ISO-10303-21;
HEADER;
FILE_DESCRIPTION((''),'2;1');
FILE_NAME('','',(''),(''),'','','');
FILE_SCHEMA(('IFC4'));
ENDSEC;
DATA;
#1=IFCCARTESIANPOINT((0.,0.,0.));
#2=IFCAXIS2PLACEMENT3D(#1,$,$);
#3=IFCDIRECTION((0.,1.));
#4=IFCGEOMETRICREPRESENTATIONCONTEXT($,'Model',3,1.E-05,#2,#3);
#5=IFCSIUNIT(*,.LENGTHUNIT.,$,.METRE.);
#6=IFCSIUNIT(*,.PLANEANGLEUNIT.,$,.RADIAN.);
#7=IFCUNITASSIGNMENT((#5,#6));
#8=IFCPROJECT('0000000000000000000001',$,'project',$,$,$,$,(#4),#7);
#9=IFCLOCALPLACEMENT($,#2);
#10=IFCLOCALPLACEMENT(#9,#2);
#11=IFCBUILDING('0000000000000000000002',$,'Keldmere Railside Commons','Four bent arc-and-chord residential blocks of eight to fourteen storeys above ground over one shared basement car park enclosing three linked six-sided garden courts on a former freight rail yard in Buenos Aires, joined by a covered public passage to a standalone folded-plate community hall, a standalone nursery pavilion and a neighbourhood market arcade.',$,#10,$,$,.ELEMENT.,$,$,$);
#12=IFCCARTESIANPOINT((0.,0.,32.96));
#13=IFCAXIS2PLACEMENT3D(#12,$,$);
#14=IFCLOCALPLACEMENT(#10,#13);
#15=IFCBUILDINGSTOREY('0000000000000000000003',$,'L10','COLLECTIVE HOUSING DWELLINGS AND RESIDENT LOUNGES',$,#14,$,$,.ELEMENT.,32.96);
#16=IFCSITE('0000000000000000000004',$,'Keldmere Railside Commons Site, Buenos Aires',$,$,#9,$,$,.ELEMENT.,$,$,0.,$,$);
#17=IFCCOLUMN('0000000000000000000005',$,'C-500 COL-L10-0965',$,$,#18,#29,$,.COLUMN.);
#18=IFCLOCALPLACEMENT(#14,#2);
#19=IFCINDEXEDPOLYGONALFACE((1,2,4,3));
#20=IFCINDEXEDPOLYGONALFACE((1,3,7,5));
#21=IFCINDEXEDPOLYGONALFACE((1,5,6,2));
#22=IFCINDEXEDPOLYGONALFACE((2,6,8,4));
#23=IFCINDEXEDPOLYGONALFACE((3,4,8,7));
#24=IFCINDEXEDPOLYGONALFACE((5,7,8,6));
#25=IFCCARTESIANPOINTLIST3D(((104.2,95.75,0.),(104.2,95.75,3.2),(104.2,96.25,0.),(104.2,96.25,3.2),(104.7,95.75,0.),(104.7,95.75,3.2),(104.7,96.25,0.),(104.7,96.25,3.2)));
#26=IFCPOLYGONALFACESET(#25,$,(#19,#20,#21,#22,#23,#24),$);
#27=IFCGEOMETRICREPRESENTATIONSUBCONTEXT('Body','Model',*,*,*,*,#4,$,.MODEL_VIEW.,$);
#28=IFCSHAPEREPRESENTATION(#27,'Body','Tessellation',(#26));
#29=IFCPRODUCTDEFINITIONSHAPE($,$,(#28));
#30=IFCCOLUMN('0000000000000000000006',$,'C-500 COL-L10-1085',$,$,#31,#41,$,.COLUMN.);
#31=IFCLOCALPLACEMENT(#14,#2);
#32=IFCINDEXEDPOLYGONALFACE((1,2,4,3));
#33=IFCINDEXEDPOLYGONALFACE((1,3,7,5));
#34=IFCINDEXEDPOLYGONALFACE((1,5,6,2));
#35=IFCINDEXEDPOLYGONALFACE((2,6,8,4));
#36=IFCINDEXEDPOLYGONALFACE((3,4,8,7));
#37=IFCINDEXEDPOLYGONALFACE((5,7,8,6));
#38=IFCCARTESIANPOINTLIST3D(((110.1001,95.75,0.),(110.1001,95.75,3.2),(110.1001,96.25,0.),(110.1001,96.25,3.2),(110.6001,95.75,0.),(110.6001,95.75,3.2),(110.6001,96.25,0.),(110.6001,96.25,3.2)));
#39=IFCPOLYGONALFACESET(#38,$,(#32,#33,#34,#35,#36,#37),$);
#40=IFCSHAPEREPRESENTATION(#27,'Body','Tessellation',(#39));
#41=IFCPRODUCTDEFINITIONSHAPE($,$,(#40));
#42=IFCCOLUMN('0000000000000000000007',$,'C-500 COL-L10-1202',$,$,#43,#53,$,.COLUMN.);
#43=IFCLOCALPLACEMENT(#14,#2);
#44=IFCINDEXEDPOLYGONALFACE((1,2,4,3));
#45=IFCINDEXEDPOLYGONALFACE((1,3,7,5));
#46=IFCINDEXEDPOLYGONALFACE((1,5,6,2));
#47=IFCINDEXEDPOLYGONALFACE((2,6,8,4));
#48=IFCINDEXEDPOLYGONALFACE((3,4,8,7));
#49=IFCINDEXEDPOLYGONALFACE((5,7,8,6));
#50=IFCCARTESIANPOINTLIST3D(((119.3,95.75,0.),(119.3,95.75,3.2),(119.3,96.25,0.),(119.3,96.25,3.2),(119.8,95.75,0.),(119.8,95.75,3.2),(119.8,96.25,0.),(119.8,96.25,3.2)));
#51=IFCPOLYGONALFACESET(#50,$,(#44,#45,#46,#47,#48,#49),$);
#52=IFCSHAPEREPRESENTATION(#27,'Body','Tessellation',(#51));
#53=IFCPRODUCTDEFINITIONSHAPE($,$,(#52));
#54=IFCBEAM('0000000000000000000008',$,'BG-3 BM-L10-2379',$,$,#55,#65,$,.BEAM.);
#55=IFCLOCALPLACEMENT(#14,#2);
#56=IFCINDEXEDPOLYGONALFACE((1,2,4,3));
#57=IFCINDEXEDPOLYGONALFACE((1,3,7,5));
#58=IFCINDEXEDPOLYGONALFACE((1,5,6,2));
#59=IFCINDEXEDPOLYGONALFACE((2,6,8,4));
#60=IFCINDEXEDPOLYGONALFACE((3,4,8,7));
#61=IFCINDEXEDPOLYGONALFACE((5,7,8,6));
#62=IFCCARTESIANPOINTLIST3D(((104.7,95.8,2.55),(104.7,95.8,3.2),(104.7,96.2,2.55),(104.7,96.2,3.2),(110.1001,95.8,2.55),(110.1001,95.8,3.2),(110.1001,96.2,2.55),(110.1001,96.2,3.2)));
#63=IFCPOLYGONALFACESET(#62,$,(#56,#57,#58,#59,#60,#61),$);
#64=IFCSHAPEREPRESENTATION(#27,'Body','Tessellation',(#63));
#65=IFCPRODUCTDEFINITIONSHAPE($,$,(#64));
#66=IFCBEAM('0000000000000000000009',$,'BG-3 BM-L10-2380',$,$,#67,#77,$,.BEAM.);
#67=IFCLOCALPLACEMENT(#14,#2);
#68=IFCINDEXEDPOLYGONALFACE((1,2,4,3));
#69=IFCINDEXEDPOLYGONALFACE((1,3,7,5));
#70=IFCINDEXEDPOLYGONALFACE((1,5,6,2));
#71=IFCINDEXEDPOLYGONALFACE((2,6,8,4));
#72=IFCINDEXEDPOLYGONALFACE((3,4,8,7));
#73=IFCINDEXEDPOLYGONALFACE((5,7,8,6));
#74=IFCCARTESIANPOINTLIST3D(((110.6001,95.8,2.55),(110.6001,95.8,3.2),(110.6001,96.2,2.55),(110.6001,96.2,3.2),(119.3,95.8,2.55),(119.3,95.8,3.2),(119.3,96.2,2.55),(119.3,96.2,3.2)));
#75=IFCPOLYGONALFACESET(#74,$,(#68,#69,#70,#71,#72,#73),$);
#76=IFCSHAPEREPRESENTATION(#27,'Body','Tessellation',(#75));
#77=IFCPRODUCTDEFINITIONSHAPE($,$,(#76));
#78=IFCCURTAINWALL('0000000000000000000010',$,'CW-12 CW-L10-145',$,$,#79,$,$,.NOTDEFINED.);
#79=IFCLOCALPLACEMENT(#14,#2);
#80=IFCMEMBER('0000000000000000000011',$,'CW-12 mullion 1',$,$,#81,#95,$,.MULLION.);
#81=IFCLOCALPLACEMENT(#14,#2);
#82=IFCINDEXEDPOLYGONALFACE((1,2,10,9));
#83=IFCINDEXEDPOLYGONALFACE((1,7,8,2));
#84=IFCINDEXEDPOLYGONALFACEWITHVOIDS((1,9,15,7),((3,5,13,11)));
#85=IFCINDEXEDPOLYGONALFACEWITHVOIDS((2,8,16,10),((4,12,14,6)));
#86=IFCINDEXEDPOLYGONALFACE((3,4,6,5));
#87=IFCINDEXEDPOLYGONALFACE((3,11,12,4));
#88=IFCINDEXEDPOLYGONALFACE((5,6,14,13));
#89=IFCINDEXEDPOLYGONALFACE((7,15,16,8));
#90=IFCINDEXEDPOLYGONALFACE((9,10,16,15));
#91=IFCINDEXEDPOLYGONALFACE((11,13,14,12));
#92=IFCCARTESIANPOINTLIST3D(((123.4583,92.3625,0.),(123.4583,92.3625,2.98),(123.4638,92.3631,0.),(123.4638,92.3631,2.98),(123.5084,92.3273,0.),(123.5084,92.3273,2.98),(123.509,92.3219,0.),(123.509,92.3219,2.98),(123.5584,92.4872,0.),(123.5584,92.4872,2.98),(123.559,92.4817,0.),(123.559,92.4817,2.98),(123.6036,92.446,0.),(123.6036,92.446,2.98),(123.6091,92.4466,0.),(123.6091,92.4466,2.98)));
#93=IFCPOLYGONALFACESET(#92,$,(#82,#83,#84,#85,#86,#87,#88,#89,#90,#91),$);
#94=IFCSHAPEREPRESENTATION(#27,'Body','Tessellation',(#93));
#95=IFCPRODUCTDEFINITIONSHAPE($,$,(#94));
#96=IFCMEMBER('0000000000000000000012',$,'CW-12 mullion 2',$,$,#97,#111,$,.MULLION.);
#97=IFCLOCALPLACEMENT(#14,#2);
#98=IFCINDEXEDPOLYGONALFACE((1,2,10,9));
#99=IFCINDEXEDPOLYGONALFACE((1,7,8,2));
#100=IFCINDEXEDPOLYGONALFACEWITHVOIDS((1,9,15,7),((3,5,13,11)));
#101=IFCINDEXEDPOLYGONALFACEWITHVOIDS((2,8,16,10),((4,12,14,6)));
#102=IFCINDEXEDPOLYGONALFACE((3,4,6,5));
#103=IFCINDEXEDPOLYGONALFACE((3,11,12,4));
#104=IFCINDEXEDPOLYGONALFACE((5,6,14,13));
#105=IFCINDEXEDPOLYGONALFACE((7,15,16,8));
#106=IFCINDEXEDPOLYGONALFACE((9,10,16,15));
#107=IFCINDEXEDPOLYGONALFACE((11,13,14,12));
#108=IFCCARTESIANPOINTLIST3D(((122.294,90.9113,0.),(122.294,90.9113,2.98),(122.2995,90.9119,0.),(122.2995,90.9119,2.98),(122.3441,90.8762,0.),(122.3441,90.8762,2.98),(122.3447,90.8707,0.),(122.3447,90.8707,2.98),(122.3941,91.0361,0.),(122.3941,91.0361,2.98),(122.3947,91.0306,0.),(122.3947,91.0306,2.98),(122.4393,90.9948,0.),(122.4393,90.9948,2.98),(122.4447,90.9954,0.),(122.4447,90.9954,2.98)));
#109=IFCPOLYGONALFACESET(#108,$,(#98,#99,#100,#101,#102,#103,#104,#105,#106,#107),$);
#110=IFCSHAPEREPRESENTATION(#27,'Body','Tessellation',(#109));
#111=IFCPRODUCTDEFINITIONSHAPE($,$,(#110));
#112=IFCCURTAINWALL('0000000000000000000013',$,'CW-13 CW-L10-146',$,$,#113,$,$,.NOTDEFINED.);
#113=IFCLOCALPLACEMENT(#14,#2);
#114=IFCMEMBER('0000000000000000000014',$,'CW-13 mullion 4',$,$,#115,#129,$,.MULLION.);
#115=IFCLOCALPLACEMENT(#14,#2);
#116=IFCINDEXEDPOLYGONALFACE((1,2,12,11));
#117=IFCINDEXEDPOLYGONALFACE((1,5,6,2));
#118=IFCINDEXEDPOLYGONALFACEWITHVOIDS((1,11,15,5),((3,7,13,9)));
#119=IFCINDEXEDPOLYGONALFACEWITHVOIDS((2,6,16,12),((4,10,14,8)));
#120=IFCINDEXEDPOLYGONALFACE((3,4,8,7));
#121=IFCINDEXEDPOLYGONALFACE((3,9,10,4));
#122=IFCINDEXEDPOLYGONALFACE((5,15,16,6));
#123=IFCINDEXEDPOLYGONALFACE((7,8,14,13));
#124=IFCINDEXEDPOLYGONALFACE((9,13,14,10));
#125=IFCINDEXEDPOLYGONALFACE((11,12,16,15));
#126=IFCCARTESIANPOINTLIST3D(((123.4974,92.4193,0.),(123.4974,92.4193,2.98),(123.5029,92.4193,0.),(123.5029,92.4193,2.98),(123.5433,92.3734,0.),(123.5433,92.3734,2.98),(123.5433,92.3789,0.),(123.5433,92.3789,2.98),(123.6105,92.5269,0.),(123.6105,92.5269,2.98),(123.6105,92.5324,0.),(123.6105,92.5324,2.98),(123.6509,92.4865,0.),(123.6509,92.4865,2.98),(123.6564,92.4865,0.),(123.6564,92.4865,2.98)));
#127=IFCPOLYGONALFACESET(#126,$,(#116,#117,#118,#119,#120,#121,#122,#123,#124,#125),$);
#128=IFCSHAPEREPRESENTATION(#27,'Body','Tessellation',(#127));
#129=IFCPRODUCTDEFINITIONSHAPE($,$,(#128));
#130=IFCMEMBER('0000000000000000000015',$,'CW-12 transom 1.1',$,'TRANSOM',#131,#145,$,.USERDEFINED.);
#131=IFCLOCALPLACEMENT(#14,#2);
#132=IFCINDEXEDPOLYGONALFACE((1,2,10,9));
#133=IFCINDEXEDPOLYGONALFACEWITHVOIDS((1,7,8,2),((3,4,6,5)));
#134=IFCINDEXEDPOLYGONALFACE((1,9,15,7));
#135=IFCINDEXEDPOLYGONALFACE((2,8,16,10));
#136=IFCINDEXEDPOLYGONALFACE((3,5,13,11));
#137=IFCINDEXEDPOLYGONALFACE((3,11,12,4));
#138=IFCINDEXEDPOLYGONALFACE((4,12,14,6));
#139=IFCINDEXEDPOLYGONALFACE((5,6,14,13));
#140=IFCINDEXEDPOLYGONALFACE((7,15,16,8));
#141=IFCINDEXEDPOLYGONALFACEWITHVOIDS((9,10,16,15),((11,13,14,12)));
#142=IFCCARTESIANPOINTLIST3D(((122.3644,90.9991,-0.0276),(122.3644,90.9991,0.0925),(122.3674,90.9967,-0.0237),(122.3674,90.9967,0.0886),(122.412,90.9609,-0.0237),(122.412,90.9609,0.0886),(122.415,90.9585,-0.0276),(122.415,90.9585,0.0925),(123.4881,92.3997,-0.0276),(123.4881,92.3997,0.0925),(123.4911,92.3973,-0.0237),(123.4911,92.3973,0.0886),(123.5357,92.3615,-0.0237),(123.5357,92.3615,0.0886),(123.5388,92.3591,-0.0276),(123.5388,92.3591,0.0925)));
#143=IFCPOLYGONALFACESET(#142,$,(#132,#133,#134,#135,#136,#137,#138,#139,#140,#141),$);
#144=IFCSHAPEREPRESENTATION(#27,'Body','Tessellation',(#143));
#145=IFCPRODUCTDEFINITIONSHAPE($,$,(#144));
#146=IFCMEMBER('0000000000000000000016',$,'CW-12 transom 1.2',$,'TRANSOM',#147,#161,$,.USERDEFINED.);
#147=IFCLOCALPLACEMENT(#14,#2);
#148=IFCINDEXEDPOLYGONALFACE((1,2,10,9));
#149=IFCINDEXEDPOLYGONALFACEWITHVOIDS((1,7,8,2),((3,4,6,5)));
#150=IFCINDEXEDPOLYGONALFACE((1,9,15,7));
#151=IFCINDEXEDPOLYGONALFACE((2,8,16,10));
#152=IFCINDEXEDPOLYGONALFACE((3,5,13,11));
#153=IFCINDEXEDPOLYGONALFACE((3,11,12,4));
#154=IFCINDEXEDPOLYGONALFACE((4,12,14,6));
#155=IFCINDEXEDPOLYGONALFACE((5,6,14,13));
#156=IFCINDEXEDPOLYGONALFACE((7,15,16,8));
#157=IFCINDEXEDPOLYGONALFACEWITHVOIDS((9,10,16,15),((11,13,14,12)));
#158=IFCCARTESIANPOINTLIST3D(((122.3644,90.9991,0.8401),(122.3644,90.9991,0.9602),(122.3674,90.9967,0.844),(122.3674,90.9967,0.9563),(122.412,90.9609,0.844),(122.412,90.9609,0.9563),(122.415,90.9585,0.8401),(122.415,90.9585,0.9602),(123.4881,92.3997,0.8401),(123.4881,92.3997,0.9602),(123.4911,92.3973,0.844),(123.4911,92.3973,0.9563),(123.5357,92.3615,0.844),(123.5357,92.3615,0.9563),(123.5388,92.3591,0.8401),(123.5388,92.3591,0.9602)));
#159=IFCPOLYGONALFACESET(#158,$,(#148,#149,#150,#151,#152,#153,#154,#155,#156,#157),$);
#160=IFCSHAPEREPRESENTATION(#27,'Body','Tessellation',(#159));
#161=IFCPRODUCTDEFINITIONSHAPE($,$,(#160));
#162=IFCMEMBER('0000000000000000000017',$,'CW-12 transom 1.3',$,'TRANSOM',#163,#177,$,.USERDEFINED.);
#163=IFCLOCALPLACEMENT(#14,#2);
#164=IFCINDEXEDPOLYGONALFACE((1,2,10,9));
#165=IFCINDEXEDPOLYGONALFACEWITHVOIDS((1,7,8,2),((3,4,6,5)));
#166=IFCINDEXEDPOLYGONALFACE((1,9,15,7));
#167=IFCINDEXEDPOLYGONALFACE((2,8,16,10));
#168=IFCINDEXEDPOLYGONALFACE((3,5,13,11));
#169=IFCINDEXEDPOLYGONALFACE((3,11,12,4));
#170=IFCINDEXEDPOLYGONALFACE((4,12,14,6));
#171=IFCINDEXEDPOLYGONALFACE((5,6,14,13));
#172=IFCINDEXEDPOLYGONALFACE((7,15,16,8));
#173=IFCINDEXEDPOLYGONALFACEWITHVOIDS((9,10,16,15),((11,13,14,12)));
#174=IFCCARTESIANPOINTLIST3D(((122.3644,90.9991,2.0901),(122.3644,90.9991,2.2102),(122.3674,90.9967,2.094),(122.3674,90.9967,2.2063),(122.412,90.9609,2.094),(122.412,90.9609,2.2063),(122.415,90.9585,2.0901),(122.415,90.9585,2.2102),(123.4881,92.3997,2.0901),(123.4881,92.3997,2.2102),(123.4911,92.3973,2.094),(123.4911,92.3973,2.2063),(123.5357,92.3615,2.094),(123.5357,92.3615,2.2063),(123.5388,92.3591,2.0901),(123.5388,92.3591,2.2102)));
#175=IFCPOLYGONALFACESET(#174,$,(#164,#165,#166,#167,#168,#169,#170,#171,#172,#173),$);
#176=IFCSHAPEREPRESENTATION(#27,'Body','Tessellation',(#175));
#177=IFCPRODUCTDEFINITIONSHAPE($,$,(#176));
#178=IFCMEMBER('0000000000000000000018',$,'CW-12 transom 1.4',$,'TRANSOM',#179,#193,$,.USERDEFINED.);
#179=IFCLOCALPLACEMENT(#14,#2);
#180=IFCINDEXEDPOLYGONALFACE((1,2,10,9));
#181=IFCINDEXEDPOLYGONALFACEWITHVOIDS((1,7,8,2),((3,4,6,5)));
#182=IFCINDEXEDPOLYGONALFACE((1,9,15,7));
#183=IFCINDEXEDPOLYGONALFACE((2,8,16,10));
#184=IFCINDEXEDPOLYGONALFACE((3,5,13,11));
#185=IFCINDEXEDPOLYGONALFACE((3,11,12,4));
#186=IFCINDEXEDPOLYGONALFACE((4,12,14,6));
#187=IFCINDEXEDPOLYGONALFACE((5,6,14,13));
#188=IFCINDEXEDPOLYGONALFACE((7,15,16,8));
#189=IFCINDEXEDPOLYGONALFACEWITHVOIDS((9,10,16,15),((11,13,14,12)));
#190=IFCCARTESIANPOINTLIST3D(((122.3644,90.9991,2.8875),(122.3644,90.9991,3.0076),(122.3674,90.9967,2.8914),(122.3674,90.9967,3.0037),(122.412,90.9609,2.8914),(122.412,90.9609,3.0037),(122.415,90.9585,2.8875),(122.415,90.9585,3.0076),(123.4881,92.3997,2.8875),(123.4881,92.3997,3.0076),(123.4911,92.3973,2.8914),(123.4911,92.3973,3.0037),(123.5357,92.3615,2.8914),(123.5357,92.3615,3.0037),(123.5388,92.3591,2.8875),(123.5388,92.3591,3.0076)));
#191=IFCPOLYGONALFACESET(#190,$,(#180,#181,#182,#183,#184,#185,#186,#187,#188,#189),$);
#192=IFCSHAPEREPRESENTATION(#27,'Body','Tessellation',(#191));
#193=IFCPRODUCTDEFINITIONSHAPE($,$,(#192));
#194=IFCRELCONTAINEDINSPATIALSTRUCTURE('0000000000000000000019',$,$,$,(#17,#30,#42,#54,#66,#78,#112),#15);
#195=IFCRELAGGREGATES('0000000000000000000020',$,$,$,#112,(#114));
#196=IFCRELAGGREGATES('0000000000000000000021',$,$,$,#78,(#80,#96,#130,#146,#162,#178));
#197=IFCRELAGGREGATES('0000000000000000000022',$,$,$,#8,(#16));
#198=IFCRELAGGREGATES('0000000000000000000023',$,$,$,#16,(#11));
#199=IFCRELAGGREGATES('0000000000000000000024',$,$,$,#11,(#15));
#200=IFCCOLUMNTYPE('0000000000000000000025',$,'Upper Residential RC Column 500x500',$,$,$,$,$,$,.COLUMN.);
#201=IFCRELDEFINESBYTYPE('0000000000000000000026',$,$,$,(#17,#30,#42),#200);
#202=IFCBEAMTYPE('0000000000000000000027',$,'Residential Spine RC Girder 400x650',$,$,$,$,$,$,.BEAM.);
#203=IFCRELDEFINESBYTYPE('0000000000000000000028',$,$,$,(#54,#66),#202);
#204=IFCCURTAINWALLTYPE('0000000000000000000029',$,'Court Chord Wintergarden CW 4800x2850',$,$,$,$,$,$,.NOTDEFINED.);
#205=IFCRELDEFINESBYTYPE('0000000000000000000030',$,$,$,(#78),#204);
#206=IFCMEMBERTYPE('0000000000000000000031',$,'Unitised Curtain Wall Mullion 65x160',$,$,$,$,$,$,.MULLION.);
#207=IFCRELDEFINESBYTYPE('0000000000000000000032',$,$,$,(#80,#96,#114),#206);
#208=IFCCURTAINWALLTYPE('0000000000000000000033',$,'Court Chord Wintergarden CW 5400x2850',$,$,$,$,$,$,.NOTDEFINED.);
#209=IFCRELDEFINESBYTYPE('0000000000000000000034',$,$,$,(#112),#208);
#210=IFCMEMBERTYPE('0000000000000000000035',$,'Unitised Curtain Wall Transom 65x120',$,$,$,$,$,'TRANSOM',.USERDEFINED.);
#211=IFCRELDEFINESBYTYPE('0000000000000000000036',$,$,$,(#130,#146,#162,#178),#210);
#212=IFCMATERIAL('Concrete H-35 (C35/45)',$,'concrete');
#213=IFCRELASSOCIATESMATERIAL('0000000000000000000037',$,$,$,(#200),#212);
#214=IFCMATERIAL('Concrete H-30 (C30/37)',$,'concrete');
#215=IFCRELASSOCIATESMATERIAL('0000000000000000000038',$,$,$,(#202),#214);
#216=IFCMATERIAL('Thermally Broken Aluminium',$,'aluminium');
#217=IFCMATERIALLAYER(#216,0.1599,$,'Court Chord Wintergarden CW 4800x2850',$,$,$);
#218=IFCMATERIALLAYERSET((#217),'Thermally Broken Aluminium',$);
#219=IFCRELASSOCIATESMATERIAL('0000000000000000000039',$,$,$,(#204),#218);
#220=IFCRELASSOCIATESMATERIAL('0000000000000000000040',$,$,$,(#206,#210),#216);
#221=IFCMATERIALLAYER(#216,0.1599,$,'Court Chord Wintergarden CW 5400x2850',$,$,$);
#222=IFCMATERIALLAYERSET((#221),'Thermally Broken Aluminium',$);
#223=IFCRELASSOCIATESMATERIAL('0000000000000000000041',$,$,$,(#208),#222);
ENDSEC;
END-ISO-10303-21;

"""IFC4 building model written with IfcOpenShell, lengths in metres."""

from ifc_helpers import new_model, si_unit, direction, frame, origin, origin_2d, place, context, subcontext, project, spatial, rectangle, hollow_rectangle, extrude, material, layer, layer_set, material_profile, profile_set, type_object, element, aggregate, save


model = new_model("IFC4")

# Units and contexts
model_context = context("Model", 3, precision=1e-05, world=origin(), true_north=direction((0.0, 1.0)))
body_context = subcontext(model_context, "Body", "Model", "MODEL_VIEW")
ifc_project = project(units=[si_unit("LENGTHUNIT", "METRE"), si_unit("PLANEANGLEUNIT", "RADIAN")], contexts=[model_context])

# Site, building, storey
site_placement = place(None, origin())
site = spatial("IfcSite", under=ifc_project, at=site_placement, Name="Keldmere Railside Commons Site, Buenos Aires", CompositionType="ELEMENT", RefElevation=0.0)
building_placement = place(site_placement, origin())
building = spatial("IfcBuilding", under=site, at=building_placement, Name="Keldmere Railside Commons", Description="Four bent arc-and-chord residential blocks of eight to fourteen storeys above ground over one shared basement car park enclosing three linked six-sided garden courts on a former freight rail yard in Buenos Aires, joined by a covered public passage to a standalone folded-plate community hall, a standalone nursery pavilion and a neighbourhood market arcade.", CompositionType="ELEMENT")
storey_placement = place(building_placement, frame((0.0, 0.0, 32.96)))
storey = spatial("IfcBuildingStorey", under=building, at=storey_placement, Name="L10", Description="COLLECTIVE HOUSING DWELLINGS AND RESIDENT LOUNGES", CompositionType="ELEMENT", Elevation=32.96)

# Columns
ifc_material_1 = material(Name="Concrete H-35 (C35/45)", Category="concrete")
ifc_material_profile_1 = material_profile(ifc_material_1, rectangle(XDim=0.5, YDim=0.5, at=origin_2d()), Name="RC-500x500")
ifc_profile_set_1 = profile_set([ifc_material_profile_1], Name="Concrete H-35 (C35/45)")
column_type = type_object("IfcColumnType", Name="Upper Residential RC Column 500x500", PredefinedType="COLUMN", material=ifc_profile_set_1)
for number, where, z_axis, x_axis, name in (
    (1, (104.45, 96.0, 0.0), (0.0, 0.0, 1.0), (1.0, 0.0, 0.0), "C-500 COL-L10-0965"),
    (2, (110.3501, 96.0, 0.0), (0.0, 0.0, 1.0), (1.0, 0.0, 0.0), "C-500 COL-L10-1085"),
    (3, (119.55, 96.0, 0.0), (0.0, 0.0, 1.0), (1.0, 0.0, 0.0), "C-500 COL-L10-1202"),
):
    element("IfcColumn", number, at=place(storey_placement, frame(where, z_axis=z_axis, x_axis=x_axis)), inside=storey, type_object=column_type, Name=name, PredefinedType="COLUMN", context=body_context, shape_type="SweptSolid", body=[
        extrude(rectangle(XDim=0.5, YDim=0.5, at=origin_2d()), origin(), (0.0, 0.0, 1.0), 3.2),
    ])

# Beams
ifc_material_2 = material(Name="Concrete H-30 (C30/37)", Category="concrete")
ifc_material_profile_2 = material_profile(ifc_material_2, rectangle(XDim=0.3999, YDim=0.6499, at=origin_2d()), Name="RC-400x650")
ifc_profile_set_2 = profile_set([ifc_material_profile_2], Name="Concrete H-30 (C30/37)")
beam_type = type_object("IfcBeamType", Name="Residential Spine RC Girder 400x650", PredefinedType="BEAM", material=ifc_profile_set_2)
beam_1_placement = place(storey_placement, frame((104.7, 96.0, 2.875), z_axis=(1.0, 0.0, 0.0), x_axis=(0.0, 1.0, 0.0)))
element("IfcBeam", 4, at=beam_1_placement, inside=storey, type_object=beam_type, Name="BG-3 BM-L10-2379", PredefinedType="BEAM", context=body_context, shape_type="SweptSolid", body=[
    extrude(rectangle(XDim=0.3999, YDim=0.6499, at=origin_2d()), origin(), (0.0, 0.0, 1.0), 5.4001),
])
beam_2_placement = place(storey_placement, frame((110.6001, 96.0, 2.875), z_axis=(1.0, 0.0, 0.0), x_axis=(0.0, 1.0, 0.0)))
element("IfcBeam", 5, at=beam_2_placement, inside=storey, type_object=beam_type, Name="BG-3 BM-L10-2380", PredefinedType="BEAM", context=body_context, shape_type="SweptSolid", body=[
    extrude(rectangle(XDim=0.3999, YDim=0.6499, at=origin_2d()), origin(), (0.0, 0.0, 1.0), 8.7),
])

# Curtain wall, members
ifc_material_3 = material(Name="Thermally Broken Aluminium", Category="aluminium")
ifc_layer_1 = layer(ifc_material_3, 0.1599, Name="Court Chord Wintergarden CW 4800x2850")
ifc_layer_set_1 = layer_set([ifc_layer_1], Name="Thermally Broken Aluminium")
curtain_wall_type_1 = type_object("IfcCurtainWallType", Name="Court Chord Wintergarden CW 4800x2850", PredefinedType="NOTDEFINED", material=ifc_layer_set_1)
curtain_wall_1_placement = place(storey_placement, origin())
curtain_wall_1 = element("IfcCurtainWall", 6, at=curtain_wall_1_placement, inside=storey, type_object=curtain_wall_type_1, Name="CW-12 CW-L10-145", PredefinedType="NOTDEFINED")
ifc_material_profile_3 = material_profile(ifc_material_3, hollow_rectangle(XDim=0.0649, YDim=0.1599, WallThickness=0.0039, at=origin_2d()), Name="ALU-MULL-65x160")
ifc_profile_set_3 = profile_set([ifc_material_profile_3], Name="Thermally Broken Aluminium")
member_type_1 = type_object("IfcMemberType", Name="Unitised Curtain Wall Mullion 65x160", PredefinedType="MULLION", material=ifc_profile_set_3)
member_1_placement = place(storey_placement, frame((123.5337, 92.4045, 0.0), z_axis=(0.0, 0.0, 1.0), x_axis=(0.780009, -0.625768, 0.0)))
member_1 = element("IfcMember", 7, at=member_1_placement, type_object=member_type_1, Name="CW-12 mullion 1", PredefinedType="MULLION", context=body_context, shape_type="SweptSolid", body=[
    extrude(hollow_rectangle(XDim=0.0649, YDim=0.1599, WallThickness=0.0039, at=origin_2d()), origin(), (0.0, 0.0, 1.0), 2.98),
])
member_2_placement = place(storey_placement, frame((122.3694, 90.9534, 0.0), z_axis=(0.0, 0.0, 1.0), x_axis=(0.780009, -0.625768, 0.0)))
member_2 = element("IfcMember", 8, at=member_2_placement, type_object=member_type_1, Name="CW-12 mullion 2", PredefinedType="MULLION", context=body_context, shape_type="SweptSolid", body=[
    extrude(hollow_rectangle(XDim=0.0649, YDim=0.1599, WallThickness=0.0039, at=origin_2d()), origin(), (0.0, 0.0, 1.0), 2.98),
])

# Curtain wall, member
ifc_layer_2 = layer(ifc_material_3, 0.1599, Name="Court Chord Wintergarden CW 5400x2850")
ifc_layer_set_2 = layer_set([ifc_layer_2], Name="Thermally Broken Aluminium")
curtain_wall_type_2 = type_object("IfcCurtainWallType", Name="Court Chord Wintergarden CW 5400x2850", PredefinedType="NOTDEFINED", material=ifc_layer_set_2)
curtain_wall_2_placement = place(storey_placement, origin())
curtain_wall_2 = element("IfcCurtainWall", 9, at=curtain_wall_2_placement, inside=storey, type_object=curtain_wall_type_2, Name="CW-13 CW-L10-146", PredefinedType="NOTDEFINED")
member_3_placement = place(storey_placement, frame((123.5769, 92.4529, 0.0), z_axis=(0.0, 0.0, 1.0), x_axis=(0.707107, -0.707107, 0.0)))
member_3 = element("IfcMember", 10, at=member_3_placement, type_object=member_type_1, Name="CW-13 mullion 4", PredefinedType="MULLION", context=body_context, shape_type="SweptSolid", body=[
    extrude(hollow_rectangle(XDim=0.0649, YDim=0.1599, WallThickness=0.0039, at=origin_2d()), origin(), (0.0, 0.0, 1.0), 2.98),
])

# Members
ifc_material_profile_4 = material_profile(ifc_material_3, hollow_rectangle(XDim=0.0649, YDim=0.1201, WallThickness=0.0039, at=origin_2d()), Name="ALU-TRAN-65x120")
ifc_profile_set_4 = profile_set([ifc_material_profile_4], Name="Thermally Broken Aluminium")
member_type_2 = type_object("IfcMemberType", Name="Unitised Curtain Wall Transom 65x120", ElementType="TRANSOM", PredefinedType="USERDEFINED", material=ifc_profile_set_4)
member_4_placement = place(storey_placement, frame((123.5134, 92.3794, 0.0325), z_axis=(-0.625805, -0.779979, 0.0), x_axis=(0.779979, -0.625805, 0.0)))
member_4 = element("IfcMember", 11, at=member_4_placement, type_object=member_type_2, Name="CW-12 transom 1.1", ObjectType="TRANSOM", PredefinedType="USERDEFINED", context=body_context, shape_type="SweptSolid", body=[
    extrude(hollow_rectangle(XDim=0.0649, YDim=0.1201, WallThickness=0.0039, at=origin_2d()), origin(), (0.0, 0.0, 1.0), 1.7957),
])
member_5_placement = place(storey_placement, frame((123.5134, 92.3794, 0.9001), z_axis=(-0.625805, -0.779979, 0.0), x_axis=(0.779979, -0.625805, 0.0)))
member_5 = element("IfcMember", 12, at=member_5_placement, type_object=member_type_2, Name="CW-12 transom 1.2", ObjectType="TRANSOM", PredefinedType="USERDEFINED", context=body_context, shape_type="SweptSolid", body=[
    extrude(hollow_rectangle(XDim=0.0649, YDim=0.1201, WallThickness=0.0039, at=origin_2d()), origin(), (0.0, 0.0, 1.0), 1.7957),
])
member_6_placement = place(storey_placement, frame((123.5134, 92.3794, 2.1501), z_axis=(-0.625805, -0.779979, 0.0), x_axis=(0.779979, -0.625805, 0.0)))
member_6 = element("IfcMember", 13, at=member_6_placement, type_object=member_type_2, Name="CW-12 transom 1.3", ObjectType="TRANSOM", PredefinedType="USERDEFINED", context=body_context, shape_type="SweptSolid", body=[
    extrude(hollow_rectangle(XDim=0.0649, YDim=0.1201, WallThickness=0.0039, at=origin_2d()), origin(), (0.0, 0.0, 1.0), 1.7957),
])
member_7_placement = place(storey_placement, frame((123.5134, 92.3794, 2.9475), z_axis=(-0.625805, -0.779979, 0.0), x_axis=(0.779979, -0.625805, 0.0)))
member_7 = element("IfcMember", 14, at=member_7_placement, type_object=member_type_2, Name="CW-12 transom 1.4", ObjectType="TRANSOM", PredefinedType="USERDEFINED", context=body_context, shape_type="SweptSolid", body=[
    extrude(hollow_rectangle(XDim=0.0649, YDim=0.1201, WallThickness=0.0039, at=origin_2d()), origin(), (0.0, 0.0, 1.0), 1.7957),
])

aggregate(curtain_wall_2, [member_3])
aggregate(curtain_wall_1, [member_1, member_2, member_4, member_5, member_6, member_7])

save(model, "model.ifc")
